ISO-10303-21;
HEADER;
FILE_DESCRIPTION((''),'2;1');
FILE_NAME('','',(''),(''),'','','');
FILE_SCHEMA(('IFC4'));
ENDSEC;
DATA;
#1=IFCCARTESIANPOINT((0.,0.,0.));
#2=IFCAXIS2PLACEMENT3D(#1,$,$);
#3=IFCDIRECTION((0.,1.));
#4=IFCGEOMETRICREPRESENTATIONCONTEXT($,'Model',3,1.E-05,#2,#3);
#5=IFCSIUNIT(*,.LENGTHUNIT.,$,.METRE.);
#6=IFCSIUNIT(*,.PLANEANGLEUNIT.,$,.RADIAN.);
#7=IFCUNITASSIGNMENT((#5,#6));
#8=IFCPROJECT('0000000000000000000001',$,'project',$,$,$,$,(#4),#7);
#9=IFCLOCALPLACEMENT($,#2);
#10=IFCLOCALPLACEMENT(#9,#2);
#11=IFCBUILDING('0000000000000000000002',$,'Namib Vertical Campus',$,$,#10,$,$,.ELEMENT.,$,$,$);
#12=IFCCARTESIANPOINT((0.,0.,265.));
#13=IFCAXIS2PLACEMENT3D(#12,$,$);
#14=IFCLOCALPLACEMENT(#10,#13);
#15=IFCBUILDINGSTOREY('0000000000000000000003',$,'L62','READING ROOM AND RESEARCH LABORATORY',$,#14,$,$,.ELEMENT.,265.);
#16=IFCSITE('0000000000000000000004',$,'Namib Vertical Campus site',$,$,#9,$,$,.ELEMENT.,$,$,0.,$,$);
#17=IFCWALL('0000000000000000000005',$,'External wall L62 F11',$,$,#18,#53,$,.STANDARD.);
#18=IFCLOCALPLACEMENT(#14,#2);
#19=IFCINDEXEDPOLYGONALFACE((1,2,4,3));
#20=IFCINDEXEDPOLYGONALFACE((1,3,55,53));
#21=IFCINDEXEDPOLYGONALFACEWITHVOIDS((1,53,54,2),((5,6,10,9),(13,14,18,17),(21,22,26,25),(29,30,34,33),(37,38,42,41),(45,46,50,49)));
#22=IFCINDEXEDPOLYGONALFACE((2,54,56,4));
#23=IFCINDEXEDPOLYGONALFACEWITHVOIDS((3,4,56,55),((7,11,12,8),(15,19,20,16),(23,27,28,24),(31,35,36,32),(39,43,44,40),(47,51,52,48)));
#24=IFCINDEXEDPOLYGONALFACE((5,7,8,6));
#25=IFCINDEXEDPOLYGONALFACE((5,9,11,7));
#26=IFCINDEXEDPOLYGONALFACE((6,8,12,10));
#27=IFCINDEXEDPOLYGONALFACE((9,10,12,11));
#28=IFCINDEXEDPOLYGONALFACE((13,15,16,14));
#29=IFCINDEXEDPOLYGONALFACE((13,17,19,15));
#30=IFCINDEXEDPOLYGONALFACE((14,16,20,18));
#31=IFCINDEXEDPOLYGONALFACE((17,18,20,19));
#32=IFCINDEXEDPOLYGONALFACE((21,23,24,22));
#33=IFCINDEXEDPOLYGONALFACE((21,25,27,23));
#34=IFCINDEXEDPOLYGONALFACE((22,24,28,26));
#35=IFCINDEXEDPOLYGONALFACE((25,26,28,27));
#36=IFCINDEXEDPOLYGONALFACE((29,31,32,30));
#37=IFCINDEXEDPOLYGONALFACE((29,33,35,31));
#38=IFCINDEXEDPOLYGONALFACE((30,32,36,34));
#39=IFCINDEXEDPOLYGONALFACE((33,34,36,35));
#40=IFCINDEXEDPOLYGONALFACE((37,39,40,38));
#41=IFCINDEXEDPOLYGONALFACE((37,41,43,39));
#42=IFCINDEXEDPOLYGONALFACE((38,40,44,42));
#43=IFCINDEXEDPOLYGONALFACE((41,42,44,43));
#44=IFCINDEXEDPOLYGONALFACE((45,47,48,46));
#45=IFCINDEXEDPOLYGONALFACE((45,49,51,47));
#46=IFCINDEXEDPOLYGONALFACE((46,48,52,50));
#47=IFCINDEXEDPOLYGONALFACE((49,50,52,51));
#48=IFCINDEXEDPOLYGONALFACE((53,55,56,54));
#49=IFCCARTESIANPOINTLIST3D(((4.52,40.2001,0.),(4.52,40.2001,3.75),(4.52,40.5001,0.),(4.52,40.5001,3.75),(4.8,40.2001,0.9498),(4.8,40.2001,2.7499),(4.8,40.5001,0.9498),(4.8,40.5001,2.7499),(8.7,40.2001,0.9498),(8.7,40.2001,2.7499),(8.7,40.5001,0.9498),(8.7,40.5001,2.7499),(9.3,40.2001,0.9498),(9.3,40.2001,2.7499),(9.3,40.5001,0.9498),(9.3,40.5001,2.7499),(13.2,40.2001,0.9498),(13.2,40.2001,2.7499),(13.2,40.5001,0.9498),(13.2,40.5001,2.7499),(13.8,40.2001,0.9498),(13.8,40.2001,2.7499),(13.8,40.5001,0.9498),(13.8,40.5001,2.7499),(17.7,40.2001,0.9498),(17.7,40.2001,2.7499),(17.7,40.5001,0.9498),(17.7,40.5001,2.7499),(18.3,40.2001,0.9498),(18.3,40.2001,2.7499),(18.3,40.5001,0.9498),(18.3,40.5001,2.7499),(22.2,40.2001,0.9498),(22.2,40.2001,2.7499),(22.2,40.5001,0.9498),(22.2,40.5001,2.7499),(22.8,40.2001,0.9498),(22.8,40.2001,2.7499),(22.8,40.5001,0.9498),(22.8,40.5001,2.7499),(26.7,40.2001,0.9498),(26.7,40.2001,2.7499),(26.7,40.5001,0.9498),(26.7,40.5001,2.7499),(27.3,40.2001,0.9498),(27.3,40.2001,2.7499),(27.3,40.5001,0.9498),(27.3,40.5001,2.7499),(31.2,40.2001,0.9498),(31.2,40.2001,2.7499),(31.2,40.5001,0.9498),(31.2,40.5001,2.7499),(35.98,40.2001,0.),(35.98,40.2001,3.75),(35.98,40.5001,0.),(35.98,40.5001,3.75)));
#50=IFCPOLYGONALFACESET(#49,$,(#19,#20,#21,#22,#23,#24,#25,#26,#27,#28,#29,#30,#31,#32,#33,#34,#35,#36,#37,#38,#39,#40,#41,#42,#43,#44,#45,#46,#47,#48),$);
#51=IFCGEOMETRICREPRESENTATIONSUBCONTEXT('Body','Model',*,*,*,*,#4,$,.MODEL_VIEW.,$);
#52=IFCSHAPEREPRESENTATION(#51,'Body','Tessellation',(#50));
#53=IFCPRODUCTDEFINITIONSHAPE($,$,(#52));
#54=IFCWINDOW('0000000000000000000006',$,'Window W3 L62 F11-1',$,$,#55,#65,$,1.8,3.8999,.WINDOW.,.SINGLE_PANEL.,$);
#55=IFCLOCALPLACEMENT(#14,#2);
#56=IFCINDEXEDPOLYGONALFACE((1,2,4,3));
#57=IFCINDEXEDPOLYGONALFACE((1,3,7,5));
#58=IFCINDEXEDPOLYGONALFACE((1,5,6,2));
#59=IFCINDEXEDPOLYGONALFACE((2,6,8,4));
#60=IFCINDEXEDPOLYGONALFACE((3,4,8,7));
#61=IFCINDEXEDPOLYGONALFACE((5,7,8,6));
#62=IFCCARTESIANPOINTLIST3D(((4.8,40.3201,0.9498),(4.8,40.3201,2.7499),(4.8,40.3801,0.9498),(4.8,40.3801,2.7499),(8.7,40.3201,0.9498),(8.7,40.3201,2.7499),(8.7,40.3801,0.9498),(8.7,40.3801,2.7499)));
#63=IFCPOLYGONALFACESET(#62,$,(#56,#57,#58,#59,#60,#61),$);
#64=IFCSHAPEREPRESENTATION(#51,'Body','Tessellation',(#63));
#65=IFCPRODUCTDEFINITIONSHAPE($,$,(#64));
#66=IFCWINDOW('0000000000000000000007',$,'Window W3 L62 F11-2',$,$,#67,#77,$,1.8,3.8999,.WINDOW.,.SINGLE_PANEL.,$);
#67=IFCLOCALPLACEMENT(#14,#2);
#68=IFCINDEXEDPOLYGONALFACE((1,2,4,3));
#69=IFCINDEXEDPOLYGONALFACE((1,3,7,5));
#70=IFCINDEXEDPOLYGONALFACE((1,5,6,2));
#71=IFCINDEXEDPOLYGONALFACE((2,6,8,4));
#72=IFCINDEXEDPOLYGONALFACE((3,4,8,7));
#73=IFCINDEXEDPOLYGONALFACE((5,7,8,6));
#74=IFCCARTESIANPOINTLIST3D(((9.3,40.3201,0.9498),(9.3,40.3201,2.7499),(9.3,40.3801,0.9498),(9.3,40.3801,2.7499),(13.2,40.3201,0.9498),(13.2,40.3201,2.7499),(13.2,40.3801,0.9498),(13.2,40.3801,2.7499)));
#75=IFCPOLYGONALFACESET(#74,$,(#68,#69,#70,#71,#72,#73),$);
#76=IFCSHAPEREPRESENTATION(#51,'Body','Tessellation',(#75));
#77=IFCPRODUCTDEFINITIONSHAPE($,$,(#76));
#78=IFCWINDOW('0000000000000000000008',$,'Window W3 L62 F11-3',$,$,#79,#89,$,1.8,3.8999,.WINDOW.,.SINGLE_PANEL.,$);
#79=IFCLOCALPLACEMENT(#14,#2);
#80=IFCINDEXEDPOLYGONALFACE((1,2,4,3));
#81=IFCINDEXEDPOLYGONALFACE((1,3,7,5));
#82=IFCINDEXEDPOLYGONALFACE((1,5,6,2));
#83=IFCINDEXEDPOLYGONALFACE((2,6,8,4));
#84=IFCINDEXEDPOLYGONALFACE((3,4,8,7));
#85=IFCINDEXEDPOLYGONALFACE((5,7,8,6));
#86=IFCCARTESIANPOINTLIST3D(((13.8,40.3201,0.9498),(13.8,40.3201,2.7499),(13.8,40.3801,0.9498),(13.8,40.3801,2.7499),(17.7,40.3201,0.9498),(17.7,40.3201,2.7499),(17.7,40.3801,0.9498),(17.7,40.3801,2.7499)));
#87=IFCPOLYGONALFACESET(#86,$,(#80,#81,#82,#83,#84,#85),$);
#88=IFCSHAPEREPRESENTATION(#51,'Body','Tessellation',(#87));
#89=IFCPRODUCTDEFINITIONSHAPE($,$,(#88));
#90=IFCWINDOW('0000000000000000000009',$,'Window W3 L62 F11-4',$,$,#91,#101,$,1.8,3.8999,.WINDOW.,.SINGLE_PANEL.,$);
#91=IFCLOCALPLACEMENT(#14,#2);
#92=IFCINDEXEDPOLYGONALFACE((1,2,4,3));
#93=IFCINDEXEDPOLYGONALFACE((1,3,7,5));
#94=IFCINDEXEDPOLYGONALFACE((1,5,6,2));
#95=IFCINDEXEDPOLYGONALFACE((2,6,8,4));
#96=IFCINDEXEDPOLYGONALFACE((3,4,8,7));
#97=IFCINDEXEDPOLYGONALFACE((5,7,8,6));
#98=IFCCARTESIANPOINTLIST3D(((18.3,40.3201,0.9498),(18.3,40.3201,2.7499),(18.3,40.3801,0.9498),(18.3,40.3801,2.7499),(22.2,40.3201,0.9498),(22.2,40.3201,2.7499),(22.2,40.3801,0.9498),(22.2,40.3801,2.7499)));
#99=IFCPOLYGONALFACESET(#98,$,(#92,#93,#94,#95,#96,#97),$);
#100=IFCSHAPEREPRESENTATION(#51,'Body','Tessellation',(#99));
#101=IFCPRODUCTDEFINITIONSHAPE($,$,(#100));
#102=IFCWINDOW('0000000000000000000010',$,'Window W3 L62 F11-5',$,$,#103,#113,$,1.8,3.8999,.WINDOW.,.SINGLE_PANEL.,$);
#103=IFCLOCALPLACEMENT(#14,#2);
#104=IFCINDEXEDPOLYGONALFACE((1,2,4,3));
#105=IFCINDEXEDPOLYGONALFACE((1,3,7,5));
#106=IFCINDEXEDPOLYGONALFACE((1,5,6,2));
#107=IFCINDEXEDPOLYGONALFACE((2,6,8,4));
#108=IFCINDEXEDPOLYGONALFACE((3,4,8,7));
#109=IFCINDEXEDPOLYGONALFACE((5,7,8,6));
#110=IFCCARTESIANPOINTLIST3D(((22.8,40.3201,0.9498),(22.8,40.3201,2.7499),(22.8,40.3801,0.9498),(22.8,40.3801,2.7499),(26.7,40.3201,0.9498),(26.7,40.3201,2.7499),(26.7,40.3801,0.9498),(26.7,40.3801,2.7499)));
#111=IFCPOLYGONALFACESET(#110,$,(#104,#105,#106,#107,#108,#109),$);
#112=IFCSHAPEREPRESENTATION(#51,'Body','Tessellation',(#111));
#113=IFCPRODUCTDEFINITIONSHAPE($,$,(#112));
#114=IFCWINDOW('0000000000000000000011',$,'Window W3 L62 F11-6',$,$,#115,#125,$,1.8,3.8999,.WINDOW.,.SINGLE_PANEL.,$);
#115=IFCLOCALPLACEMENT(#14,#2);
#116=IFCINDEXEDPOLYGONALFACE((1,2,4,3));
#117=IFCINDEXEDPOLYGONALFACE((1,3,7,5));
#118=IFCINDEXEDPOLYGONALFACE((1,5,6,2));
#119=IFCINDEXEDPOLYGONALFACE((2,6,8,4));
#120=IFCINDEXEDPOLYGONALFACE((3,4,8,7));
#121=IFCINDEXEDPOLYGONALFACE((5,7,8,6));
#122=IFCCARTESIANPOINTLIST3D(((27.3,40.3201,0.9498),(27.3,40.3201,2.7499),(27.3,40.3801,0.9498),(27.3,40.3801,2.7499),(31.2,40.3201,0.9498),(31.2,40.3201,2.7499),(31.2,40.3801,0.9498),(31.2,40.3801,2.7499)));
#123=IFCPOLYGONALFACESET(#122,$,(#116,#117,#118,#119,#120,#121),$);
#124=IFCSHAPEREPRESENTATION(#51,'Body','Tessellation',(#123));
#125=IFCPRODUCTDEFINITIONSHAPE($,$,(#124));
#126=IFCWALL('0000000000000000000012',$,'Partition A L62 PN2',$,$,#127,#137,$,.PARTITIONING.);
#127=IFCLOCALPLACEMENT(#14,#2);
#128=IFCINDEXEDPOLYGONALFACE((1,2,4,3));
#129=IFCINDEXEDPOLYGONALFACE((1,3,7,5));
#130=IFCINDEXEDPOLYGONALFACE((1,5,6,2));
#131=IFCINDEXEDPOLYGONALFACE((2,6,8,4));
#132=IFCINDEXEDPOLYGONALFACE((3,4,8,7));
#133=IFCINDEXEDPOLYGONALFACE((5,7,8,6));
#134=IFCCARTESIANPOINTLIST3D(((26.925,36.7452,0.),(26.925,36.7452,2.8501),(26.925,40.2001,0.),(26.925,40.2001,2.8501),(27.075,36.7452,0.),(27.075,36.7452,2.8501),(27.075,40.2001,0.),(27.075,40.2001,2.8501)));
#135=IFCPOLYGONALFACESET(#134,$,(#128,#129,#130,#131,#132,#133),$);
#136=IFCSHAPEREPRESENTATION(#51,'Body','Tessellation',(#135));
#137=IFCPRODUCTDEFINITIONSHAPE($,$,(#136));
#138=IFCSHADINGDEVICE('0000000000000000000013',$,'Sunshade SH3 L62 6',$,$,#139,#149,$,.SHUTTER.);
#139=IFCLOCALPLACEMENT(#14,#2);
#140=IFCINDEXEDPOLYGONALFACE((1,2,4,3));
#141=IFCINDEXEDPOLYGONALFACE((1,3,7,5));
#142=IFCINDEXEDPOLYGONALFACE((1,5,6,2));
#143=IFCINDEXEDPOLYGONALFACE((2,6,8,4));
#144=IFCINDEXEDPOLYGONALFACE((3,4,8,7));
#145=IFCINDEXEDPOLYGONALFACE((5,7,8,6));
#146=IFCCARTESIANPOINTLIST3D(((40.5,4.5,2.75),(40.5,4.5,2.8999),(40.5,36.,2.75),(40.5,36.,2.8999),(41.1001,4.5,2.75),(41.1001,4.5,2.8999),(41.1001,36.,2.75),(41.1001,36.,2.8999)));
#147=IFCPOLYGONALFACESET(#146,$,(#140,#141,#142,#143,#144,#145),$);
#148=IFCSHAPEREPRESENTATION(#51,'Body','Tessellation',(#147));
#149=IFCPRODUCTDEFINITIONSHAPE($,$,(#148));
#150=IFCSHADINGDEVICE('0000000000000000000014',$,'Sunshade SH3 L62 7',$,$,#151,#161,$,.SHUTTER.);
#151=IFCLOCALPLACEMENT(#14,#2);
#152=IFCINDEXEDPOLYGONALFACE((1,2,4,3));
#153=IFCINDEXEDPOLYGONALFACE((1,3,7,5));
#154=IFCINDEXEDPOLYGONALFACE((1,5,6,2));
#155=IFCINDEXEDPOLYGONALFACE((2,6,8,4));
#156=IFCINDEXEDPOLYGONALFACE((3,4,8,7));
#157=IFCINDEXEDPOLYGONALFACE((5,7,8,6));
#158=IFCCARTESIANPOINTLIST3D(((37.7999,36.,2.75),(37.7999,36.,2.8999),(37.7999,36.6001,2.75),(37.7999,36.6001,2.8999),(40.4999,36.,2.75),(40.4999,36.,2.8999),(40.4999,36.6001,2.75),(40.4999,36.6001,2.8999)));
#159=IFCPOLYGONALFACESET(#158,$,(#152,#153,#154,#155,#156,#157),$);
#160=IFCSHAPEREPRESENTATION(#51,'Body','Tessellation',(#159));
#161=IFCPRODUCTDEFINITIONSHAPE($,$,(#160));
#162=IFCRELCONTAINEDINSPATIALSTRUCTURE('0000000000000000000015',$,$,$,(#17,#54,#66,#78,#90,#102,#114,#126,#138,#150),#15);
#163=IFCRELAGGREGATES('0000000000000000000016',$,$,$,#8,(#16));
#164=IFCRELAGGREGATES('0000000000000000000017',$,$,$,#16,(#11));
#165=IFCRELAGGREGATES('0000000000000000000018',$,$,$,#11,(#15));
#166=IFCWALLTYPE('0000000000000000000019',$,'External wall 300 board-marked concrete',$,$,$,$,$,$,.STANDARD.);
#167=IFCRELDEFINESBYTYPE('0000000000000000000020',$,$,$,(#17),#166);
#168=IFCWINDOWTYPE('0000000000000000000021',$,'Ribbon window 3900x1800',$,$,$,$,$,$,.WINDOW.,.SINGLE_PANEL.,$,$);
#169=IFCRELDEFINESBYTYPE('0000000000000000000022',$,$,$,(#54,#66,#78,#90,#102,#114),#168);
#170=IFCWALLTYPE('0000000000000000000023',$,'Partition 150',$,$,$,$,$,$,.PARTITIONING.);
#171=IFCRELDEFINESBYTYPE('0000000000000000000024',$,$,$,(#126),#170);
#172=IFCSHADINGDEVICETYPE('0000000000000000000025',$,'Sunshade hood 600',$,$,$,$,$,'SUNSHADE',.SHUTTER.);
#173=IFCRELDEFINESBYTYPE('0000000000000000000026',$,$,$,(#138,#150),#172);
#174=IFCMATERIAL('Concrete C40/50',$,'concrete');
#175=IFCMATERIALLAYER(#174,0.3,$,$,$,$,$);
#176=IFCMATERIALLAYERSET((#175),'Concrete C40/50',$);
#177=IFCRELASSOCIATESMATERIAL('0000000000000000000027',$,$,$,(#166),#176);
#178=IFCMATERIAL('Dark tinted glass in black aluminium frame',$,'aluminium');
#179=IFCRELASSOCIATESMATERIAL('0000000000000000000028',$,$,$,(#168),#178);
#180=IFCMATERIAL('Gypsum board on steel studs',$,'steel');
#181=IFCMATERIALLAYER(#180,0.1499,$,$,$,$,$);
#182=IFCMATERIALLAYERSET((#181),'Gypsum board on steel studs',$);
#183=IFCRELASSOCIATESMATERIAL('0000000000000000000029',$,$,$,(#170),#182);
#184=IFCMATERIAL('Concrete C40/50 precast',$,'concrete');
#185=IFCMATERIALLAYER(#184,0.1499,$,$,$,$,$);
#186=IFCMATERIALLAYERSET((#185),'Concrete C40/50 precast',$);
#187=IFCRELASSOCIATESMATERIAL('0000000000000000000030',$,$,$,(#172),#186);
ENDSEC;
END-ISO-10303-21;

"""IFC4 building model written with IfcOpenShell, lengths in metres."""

from ifc_helpers import new_model, si_unit, direction, frame, frame_2d, origin, origin_2d, place, context, subcontext, project, spatial, rectangle, extrude, material, layer, layer_set, type_object, element, fill, save


model = new_model("IFC4")

# Units and contexts
model_context = context("Model", 3, precision=1e-05, world=origin(), true_north=direction((0.0, 1.0)))
body_context = subcontext(model_context, "Body", "Model", "MODEL_VIEW")
ifc_project = project(units=[si_unit("LENGTHUNIT", "METRE"), si_unit("PLANEANGLEUNIT", "RADIAN")], contexts=[model_context])

# Site, building, storey
site_placement = place(None, origin())
site = spatial("IfcSite", under=ifc_project, at=site_placement, Name="Namib Vertical Campus site", CompositionType="ELEMENT", RefElevation=0.0)
building_placement = place(site_placement, origin())
building = spatial("IfcBuilding", under=site, at=building_placement, Name="Namib Vertical Campus", CompositionType="ELEMENT")
storey_placement = place(building_placement, frame((0.0, 0.0, 265.0)))
storey = spatial("IfcBuildingStorey", under=building, at=storey_placement, Name="L62", Description="READING ROOM AND RESEARCH LABORATORY", CompositionType="ELEMENT", Elevation=265.0)

# Shared definitions
ifc_material_1 = material(Name="Concrete C40/50", Category="concrete")
ifc_layer_1 = layer(ifc_material_1, 0.3)
ifc_layer_set_1 = layer_set([ifc_layer_1], Name="Concrete C40/50")
wall_type_1 = type_object("IfcWallType", Name="External wall 300 board-marked concrete", PredefinedType="STANDARD", material=ifc_layer_set_1)

# Wall, openings, windows
wall_1_placement = place(storey_placement, frame((35.98, 40.3501, 0.0), z_axis=(0.0, 0.0, 1.0), x_axis=(-1.0, 0.0, 0.0)))
wall_1 = element("IfcWall", 1, at=wall_1_placement, inside=storey, type_object=wall_type_1, Name="External wall L62 F11", PredefinedType="STANDARD", context=body_context, shape_type="SweptSolid", body=[
    extrude(rectangle(XDim=31.46, YDim=0.3, at=frame_2d((15.73, 0.0))), origin(), (0.0, 0.0, 1.0), 3.75),
])
opening_1_placement = place(wall_1_placement, frame((27.28, 0.0, 0.95)))
opening_1 = element("IfcOpeningElement", 2, at=opening_1_placement, cuts=wall_1, PredefinedType="OPENING", context=body_context, shape_type="SweptSolid", body=[
    extrude(rectangle(XDim=3.8999, YDim=1.8, at=frame_2d((1.95, 0.8999))), frame((0.0, 0.1599, 0.0), z_axis=(0.0, -1.0, 0.0), x_axis=(1.0, 0.0, 0.0)), (0.0, 0.0, 1.0), 0.3201),
])
opening_2_placement = place(wall_1_placement, frame((22.78, 0.0, 0.95)))
opening_2 = element("IfcOpeningElement", 3, at=opening_2_placement, cuts=wall_1, PredefinedType="OPENING", context=body_context, shape_type="SweptSolid", body=[
    extrude(rectangle(XDim=3.8999, YDim=1.8, at=frame_2d((1.95, 0.8999))), frame((0.0, 0.1599, 0.0), z_axis=(0.0, -1.0, 0.0), x_axis=(1.0, 0.0, 0.0)), (0.0, 0.0, 1.0), 0.3201),
])
opening_3_placement = place(wall_1_placement, frame((18.28, 0.0, 0.95)))
opening_3 = element("IfcOpeningElement", 4, at=opening_3_placement, cuts=wall_1, PredefinedType="OPENING", context=body_context, shape_type="SweptSolid", body=[
    extrude(rectangle(XDim=3.8999, YDim=1.8, at=frame_2d((1.95, 0.8999))), frame((0.0, 0.1599, 0.0), z_axis=(0.0, -1.0, 0.0), x_axis=(1.0, 0.0, 0.0)), (0.0, 0.0, 1.0), 0.3201),
])
opening_4_placement = place(wall_1_placement, frame((13.78, 0.0, 0.95)))
opening_4 = element("IfcOpeningElement", 5, at=opening_4_placement, cuts=wall_1, PredefinedType="OPENING", context=body_context, shape_type="SweptSolid", body=[
    extrude(rectangle(XDim=3.8999, YDim=1.8, at=frame_2d((1.95, 0.8999))), frame((0.0, 0.1599, 0.0), z_axis=(0.0, -1.0, 0.0), x_axis=(1.0, 0.0, 0.0)), (0.0, 0.0, 1.0), 0.3201),
])
opening_5_placement = place(wall_1_placement, frame((9.28, 0.0, 0.95)))
opening_5 = element("IfcOpeningElement", 6, at=opening_5_placement, cuts=wall_1, PredefinedType="OPENING", context=body_context, shape_type="SweptSolid", body=[
    extrude(rectangle(XDim=3.8999, YDim=1.8, at=frame_2d((1.95, 0.8999))), frame((0.0, 0.1599, 0.0), z_axis=(0.0, -1.0, 0.0), x_axis=(1.0, 0.0, 0.0)), (0.0, 0.0, 1.0), 0.3201),
])
opening_6_placement = place(wall_1_placement, frame((4.78, 0.0, 0.95)))
opening_6 = element("IfcOpeningElement", 7, at=opening_6_placement, cuts=wall_1, PredefinedType="OPENING", context=body_context, shape_type="SweptSolid", body=[
    extrude(rectangle(XDim=3.8999, YDim=1.8, at=frame_2d((1.95, 0.8999))), frame((0.0, 0.1599, 0.0), z_axis=(0.0, -1.0, 0.0), x_axis=(1.0, 0.0, 0.0)), (0.0, 0.0, 1.0), 0.3201),
])
ifc_material_2 = material(Name="Dark tinted glass in black aluminium frame", Category="aluminium")
window_type = type_object("IfcWindowType", Name="Ribbon window 3900x1800", PartitioningType="SINGLE_PANEL", PredefinedType="WINDOW", material=ifc_material_2)
window_1_placement = place(opening_1_placement, origin())
window_1 = element("IfcWindow", 8, at=window_1_placement, inside=storey, type_object=window_type, Name="Window W3 L62 F11-1", OverallHeight=1.8, OverallWidth=3.8999, PartitioningType="SINGLE_PANEL", PredefinedType="WINDOW", context=body_context, shape_type="SweptSolid", body=[
    extrude(rectangle(XDim=3.8999, YDim=1.8, at=frame_2d((1.95, 0.8999))), frame((0.0, 0.03, 0.0), z_axis=(0.0, -1.0, 0.0), x_axis=(1.0, 0.0, 0.0)), (0.0, 0.0, 1.0), 0.0601),
])
fill(opening_1, window_1)
window_2_placement = place(opening_2_placement, origin())
window_2 = element("IfcWindow", 9, at=window_2_placement, inside=storey, type_object=window_type, Name="Window W3 L62 F11-2", OverallHeight=1.8, OverallWidth=3.8999, PartitioningType="SINGLE_PANEL", PredefinedType="WINDOW", context=body_context, shape_type="SweptSolid", body=[
    extrude(rectangle(XDim=3.8999, YDim=1.8, at=frame_2d((1.95, 0.8999))), frame((0.0, 0.03, 0.0), z_axis=(0.0, -1.0, 0.0), x_axis=(1.0, 0.0, 0.0)), (0.0, 0.0, 1.0), 0.0601),
])
fill(opening_2, window_2)
window_3_placement = place(opening_3_placement, origin())
window_3 = element("IfcWindow", 10, at=window_3_placement, inside=storey, type_object=window_type, Name="Window W3 L62 F11-3", OverallHeight=1.8, OverallWidth=3.8999, PartitioningType="SINGLE_PANEL", PredefinedType="WINDOW", context=body_context, shape_type="SweptSolid", body=[
    extrude(rectangle(XDim=3.8999, YDim=1.8, at=frame_2d((1.95, 0.8999))), frame((0.0, 0.03, 0.0), z_axis=(0.0, -1.0, 0.0), x_axis=(1.0, 0.0, 0.0)), (0.0, 0.0, 1.0), 0.0601),
])
fill(opening_3, window_3)
window_4_placement = place(opening_4_placement, origin())
window_4 = element("IfcWindow", 11, at=window_4_placement, inside=storey, type_object=window_type, Name="Window W3 L62 F11-4", OverallHeight=1.8, OverallWidth=3.8999, PartitioningType="SINGLE_PANEL", PredefinedType="WINDOW", context=body_context, shape_type="SweptSolid", body=[
    extrude(rectangle(XDim=3.8999, YDim=1.8, at=frame_2d((1.95, 0.8999))), frame((0.0, 0.03, 0.0), z_axis=(0.0, -1.0, 0.0), x_axis=(1.0, 0.0, 0.0)), (0.0, 0.0, 1.0), 0.0601),
])
fill(opening_4, window_4)
window_5_placement = place(opening_5_placement, origin())
window_5 = element("IfcWindow", 12, at=window_5_placement, inside=storey, type_object=window_type, Name="Window W3 L62 F11-5", OverallHeight=1.8, OverallWidth=3.8999, PartitioningType="SINGLE_PANEL", PredefinedType="WINDOW", context=body_context, shape_type="SweptSolid", body=[
    extrude(rectangle(XDim=3.8999, YDim=1.8, at=frame_2d((1.95, 0.8999))), frame((0.0, 0.03, 0.0), z_axis=(0.0, -1.0, 0.0), x_axis=(1.0, 0.0, 0.0)), (0.0, 0.0, 1.0), 0.0601),
])
fill(opening_5, window_5)
window_6_placement = place(opening_6_placement, origin())
window_6 = element("IfcWindow", 13, at=window_6_placement, inside=storey, type_object=window_type, Name="Window W3 L62 F11-6", OverallHeight=1.8, OverallWidth=3.8999, PartitioningType="SINGLE_PANEL", PredefinedType="WINDOW", context=body_context, shape_type="SweptSolid", body=[
    extrude(rectangle(XDim=3.8999, YDim=1.8, at=frame_2d((1.95, 0.8999))), frame((0.0, 0.03, 0.0), z_axis=(0.0, -1.0, 0.0), x_axis=(1.0, 0.0, 0.0)), (0.0, 0.0, 1.0), 0.0601),
])
fill(opening_6, window_6)

# Wall
ifc_material_3 = material(Name="Gypsum board on steel studs", Category="steel")
ifc_layer_2 = layer(ifc_material_3, 0.1499)
ifc_layer_set_2 = layer_set([ifc_layer_2], Name="Gypsum board on steel studs")
wall_type_2 = type_object("IfcWallType", Name="Partition 150", PredefinedType="PARTITIONING", material=ifc_layer_set_2)
wall_2_placement = place(storey_placement, frame((27.0, 36.7451, 0.0), z_axis=(0.0, 0.0, 1.0), x_axis=(0.0, 1.0, 0.0)))
element("IfcWall", 14, at=wall_2_placement, inside=storey, type_object=wall_type_2, Name="Partition A L62 PN2", PredefinedType="PARTITIONING", context=body_context, shape_type="SweptSolid", body=[
    extrude(rectangle(XDim=3.4548, YDim=0.1499, at=frame_2d((1.7275, 0.0))), origin(), (0.0, 0.0, 1.0), 2.8501),
])

# Shading devices
ifc_material_4 = material(Name="Concrete C40/50 precast", Category="concrete")
ifc_layer_3 = layer(ifc_material_4, 0.1499)
ifc_layer_set_3 = layer_set([ifc_layer_3], Name="Concrete C40/50 precast")
shading_device_type = type_object("IfcShadingDeviceType", Name="Sunshade hood 600", ElementType="SUNSHADE", PredefinedType="SHUTTER", material=ifc_layer_set_3)
shading_device_placement = place(storey_placement, frame((40.8, 20.25, 2.75), z_axis=(0.0, 0.0, 1.0), x_axis=(0.0, 1.0, 0.0)))
element("IfcShadingDevice", 15, at=shading_device_placement, inside=storey, type_object=shading_device_type, Name="Sunshade SH3 L62 6", PredefinedType="SHUTTER", context=body_context, shape_type="SweptSolid", body=[
    extrude(rectangle(XDim=31.5, YDim=0.6001, at=origin_2d()), origin(), (0.0, 0.0, 1.0), 0.1499),
])
for number, where, z_axis, x_axis, name in (
    (16, (39.1499, 36.3, 2.75), (0.0, 0.0, 1.0), (-1.0, 0.0, 0.0), "Sunshade SH3 L62 7"),
):
    element("IfcShadingDevice", number, at=place(storey_placement, frame(where, z_axis=z_axis, x_axis=x_axis)), inside=storey, type_object=shading_device_type, Name=name, PredefinedType="SHUTTER", context=body_context, shape_type="SweptSolid", body=[
        extrude(rectangle(XDim=2.7, YDim=0.6001, at=origin_2d()), origin(), (0.0, 0.0, 1.0), 0.1499),
    ])

save(model, "model.ifc")
